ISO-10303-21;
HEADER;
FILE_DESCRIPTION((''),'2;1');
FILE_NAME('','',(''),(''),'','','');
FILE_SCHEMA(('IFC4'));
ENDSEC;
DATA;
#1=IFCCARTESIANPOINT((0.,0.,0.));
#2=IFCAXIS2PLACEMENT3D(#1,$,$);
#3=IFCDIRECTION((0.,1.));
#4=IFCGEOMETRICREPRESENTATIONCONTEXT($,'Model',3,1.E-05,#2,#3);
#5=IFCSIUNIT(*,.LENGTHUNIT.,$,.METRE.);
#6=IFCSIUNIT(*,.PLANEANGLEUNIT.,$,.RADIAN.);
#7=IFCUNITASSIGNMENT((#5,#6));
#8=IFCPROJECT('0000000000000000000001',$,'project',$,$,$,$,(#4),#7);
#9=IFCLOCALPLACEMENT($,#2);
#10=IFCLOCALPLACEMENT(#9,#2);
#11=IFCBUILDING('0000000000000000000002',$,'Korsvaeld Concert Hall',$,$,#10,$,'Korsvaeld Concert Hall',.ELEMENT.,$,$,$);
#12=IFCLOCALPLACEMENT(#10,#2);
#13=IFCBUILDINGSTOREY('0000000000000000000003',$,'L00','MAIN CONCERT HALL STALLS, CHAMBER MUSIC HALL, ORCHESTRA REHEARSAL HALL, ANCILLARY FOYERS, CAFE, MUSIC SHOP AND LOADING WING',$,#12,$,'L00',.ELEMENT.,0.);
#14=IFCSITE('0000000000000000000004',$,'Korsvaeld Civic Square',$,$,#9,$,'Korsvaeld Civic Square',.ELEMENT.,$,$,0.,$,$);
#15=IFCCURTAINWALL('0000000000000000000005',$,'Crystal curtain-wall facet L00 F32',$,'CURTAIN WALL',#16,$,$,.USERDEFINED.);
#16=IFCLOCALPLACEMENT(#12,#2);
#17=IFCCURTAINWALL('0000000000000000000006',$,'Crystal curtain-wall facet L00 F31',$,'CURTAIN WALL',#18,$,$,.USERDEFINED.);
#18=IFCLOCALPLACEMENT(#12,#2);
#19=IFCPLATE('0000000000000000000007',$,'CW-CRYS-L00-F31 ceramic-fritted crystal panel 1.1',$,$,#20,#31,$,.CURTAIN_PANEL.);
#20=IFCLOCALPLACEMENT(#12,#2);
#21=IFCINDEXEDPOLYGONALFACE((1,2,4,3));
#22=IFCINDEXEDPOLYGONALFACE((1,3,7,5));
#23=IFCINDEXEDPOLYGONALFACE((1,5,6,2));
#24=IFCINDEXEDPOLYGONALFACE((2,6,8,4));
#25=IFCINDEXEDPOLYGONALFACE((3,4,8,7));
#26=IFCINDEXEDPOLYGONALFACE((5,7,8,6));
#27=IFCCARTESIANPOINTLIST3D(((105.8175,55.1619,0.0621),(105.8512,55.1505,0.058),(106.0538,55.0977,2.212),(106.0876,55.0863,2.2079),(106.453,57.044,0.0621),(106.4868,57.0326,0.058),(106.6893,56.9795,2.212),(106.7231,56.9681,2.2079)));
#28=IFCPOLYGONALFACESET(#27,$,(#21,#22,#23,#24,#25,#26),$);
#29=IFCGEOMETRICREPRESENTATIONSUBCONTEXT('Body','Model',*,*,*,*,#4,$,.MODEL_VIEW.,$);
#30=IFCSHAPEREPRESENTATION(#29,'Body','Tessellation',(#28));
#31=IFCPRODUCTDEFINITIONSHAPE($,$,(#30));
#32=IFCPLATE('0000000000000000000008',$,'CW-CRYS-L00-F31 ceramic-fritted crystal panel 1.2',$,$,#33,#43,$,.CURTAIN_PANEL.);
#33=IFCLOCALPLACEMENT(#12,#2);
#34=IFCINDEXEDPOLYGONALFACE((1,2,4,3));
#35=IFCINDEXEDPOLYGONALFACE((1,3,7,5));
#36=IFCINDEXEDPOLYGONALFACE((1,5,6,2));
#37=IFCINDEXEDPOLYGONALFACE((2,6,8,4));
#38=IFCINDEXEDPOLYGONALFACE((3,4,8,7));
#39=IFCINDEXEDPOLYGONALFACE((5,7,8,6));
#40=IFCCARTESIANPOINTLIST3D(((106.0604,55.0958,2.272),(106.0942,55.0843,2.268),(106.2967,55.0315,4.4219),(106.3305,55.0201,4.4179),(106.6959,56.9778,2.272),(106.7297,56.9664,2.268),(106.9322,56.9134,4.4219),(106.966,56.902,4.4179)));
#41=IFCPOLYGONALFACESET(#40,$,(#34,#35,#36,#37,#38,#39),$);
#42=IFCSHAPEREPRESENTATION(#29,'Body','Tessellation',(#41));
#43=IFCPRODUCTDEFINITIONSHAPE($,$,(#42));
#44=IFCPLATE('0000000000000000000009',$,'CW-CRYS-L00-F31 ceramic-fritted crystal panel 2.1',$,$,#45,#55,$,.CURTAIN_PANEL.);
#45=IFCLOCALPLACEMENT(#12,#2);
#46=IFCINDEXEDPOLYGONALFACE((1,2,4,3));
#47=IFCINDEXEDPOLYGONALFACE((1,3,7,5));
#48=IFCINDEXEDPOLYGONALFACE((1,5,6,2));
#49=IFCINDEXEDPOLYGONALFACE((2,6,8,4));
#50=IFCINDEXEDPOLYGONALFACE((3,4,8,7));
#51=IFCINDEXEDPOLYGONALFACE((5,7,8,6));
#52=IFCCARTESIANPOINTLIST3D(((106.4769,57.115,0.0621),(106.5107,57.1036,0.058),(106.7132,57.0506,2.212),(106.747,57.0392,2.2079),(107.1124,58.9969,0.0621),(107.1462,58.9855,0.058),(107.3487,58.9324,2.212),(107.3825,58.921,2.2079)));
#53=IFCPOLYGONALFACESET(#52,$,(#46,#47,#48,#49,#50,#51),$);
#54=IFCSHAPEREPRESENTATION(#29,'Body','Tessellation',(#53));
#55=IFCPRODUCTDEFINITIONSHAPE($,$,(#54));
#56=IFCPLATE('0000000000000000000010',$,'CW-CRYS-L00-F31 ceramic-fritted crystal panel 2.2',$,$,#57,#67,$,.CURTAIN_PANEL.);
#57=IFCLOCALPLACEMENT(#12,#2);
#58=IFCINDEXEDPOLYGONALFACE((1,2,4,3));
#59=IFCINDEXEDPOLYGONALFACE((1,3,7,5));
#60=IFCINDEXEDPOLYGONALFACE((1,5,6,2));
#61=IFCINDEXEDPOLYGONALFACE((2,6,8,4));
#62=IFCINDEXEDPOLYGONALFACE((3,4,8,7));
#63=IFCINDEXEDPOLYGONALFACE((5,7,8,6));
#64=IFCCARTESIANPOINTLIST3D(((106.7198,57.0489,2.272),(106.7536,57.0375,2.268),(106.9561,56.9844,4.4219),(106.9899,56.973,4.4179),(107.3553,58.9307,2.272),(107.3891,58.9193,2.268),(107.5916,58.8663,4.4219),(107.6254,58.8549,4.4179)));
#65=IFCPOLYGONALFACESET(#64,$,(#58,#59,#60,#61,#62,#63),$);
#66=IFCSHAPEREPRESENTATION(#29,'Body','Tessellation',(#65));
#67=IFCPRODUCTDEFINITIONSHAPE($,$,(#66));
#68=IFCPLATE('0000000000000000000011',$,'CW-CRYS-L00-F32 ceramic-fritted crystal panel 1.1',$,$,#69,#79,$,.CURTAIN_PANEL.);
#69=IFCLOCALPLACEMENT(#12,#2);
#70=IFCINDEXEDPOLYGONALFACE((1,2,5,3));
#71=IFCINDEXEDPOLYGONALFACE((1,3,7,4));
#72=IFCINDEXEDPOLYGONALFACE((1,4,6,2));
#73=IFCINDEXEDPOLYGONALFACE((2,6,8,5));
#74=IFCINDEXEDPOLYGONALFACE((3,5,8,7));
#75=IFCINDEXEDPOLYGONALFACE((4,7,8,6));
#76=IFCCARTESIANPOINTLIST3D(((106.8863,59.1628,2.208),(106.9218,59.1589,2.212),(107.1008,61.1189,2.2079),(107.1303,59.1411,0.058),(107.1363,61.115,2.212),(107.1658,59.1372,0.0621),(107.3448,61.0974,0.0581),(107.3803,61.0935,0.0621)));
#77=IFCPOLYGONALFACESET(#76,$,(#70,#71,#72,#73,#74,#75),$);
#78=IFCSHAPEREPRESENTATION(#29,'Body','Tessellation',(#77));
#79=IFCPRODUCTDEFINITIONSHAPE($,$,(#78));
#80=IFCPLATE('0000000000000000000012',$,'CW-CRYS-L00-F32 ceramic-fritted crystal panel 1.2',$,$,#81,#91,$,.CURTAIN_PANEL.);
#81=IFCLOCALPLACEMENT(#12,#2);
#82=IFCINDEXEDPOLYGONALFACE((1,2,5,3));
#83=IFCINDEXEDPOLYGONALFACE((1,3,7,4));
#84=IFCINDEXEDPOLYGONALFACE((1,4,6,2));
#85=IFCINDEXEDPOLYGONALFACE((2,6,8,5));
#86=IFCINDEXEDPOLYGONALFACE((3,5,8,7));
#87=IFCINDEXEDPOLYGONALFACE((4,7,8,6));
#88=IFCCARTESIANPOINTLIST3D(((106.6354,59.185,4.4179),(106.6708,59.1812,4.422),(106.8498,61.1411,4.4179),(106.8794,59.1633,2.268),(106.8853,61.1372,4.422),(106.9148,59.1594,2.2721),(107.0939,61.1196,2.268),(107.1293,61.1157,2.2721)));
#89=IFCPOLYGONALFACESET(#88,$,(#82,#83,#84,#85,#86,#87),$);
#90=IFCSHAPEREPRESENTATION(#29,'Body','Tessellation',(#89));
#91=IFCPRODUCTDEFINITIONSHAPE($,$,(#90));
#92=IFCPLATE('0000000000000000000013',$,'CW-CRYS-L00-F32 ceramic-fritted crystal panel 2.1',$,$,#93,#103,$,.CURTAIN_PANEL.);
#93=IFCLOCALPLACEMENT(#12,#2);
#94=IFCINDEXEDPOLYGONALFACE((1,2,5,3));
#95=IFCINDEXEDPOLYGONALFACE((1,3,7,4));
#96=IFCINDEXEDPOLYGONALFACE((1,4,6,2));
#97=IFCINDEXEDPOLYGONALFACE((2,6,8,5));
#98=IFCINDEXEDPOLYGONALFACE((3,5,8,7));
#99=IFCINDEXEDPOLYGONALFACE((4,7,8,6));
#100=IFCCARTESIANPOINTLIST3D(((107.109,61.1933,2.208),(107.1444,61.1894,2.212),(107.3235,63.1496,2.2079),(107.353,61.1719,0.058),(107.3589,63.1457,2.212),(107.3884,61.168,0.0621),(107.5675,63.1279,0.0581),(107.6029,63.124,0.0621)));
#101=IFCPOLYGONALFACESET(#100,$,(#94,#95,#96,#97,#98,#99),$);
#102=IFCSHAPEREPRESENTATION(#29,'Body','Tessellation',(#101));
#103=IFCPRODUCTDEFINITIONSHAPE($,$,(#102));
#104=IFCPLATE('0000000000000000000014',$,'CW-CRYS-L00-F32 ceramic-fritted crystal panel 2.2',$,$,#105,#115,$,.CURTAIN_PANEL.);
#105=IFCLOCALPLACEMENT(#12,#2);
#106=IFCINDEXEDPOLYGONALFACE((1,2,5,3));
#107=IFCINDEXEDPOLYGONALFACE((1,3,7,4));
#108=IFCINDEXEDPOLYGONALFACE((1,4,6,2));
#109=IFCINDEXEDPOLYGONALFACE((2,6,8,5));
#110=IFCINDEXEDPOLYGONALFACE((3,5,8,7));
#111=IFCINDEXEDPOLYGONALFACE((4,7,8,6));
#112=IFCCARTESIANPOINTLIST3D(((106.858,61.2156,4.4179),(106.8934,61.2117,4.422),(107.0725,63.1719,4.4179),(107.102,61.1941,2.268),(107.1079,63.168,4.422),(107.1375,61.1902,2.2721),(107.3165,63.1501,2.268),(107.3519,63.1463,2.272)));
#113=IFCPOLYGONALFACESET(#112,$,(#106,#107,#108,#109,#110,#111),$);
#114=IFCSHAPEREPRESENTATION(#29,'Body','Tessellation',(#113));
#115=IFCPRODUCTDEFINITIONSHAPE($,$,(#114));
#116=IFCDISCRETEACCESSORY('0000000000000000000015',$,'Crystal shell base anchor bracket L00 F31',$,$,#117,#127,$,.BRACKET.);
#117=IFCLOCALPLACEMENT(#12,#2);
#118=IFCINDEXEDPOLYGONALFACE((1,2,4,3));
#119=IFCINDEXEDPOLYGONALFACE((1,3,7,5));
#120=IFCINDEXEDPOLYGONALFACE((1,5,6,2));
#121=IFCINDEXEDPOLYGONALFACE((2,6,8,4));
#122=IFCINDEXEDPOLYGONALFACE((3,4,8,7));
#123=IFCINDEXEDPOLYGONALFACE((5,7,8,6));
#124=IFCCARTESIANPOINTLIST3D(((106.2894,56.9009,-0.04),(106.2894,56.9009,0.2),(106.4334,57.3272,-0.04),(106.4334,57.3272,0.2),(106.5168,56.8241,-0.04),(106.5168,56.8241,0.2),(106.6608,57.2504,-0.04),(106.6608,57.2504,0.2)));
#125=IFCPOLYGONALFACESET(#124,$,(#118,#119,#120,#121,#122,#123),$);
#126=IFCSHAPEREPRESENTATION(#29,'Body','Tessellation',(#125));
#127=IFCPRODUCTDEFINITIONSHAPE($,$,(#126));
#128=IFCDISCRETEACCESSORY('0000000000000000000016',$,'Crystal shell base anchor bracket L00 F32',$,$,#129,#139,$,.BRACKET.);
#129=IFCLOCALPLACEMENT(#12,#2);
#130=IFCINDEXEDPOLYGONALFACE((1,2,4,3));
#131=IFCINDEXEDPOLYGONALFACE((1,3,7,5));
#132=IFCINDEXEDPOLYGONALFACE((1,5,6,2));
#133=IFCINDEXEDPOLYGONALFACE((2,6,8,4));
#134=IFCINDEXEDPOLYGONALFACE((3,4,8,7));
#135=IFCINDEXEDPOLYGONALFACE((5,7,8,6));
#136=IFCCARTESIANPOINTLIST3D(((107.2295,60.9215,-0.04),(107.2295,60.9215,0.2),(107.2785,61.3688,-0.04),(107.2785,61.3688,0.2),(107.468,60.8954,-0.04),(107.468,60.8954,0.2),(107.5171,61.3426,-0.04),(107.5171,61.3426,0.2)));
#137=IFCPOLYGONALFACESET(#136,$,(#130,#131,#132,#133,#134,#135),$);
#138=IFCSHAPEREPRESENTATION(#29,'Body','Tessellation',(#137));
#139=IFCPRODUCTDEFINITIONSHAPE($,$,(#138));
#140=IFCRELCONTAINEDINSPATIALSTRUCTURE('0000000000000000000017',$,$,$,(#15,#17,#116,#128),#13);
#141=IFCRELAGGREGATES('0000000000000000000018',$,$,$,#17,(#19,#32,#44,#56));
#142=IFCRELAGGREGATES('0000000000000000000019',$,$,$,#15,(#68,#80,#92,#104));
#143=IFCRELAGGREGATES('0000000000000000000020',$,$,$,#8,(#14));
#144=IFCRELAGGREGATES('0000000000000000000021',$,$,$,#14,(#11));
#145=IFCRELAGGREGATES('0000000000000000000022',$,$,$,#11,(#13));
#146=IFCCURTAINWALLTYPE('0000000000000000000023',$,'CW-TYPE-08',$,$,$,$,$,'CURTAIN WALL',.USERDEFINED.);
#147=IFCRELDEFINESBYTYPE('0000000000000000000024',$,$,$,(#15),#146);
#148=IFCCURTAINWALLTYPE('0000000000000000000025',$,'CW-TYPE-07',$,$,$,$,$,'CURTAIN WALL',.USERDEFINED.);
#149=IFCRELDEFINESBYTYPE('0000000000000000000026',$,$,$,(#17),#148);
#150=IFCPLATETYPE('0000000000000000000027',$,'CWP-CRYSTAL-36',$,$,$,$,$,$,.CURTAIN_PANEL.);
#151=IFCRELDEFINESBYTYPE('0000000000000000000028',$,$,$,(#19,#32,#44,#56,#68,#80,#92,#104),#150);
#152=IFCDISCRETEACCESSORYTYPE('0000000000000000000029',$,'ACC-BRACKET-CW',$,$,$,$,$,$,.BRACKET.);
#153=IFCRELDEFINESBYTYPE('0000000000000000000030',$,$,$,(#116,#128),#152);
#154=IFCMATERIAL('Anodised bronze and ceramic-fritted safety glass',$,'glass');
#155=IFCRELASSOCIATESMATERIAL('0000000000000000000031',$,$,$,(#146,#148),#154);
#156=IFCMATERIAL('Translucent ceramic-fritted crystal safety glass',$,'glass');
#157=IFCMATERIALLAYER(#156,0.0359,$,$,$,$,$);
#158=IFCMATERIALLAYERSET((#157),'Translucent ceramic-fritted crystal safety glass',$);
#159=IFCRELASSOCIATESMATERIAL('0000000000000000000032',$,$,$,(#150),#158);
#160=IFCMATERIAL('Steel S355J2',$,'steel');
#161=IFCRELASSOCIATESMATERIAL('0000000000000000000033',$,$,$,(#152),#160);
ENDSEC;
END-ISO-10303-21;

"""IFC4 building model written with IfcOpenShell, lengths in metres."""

from ifc_helpers import new_model, si_unit, direction, frame, origin, origin_2d, place, context, subcontext, project, spatial, polyline, rectangle, outline, extrude, material, layer, layer_set, type_object, element, aggregate, save


model = new_model("IFC4")

# Units and contexts
model_context = context("Model", 3, precision=1e-05, world=origin(), true_north=direction((0.0, 1.0)))
body_context = subcontext(model_context, "Body", "Model", "MODEL_VIEW")
ifc_project = project(units=[si_unit("LENGTHUNIT", "METRE"), si_unit("PLANEANGLEUNIT", "RADIAN")], contexts=[model_context])

# Site, building, storey
site_placement = place(None, origin())
site = spatial("IfcSite", under=ifc_project, at=site_placement, Name="Korsvaeld Civic Square", LongName="Korsvaeld Civic Square", CompositionType="ELEMENT", RefElevation=0.0)
building_placement = place(site_placement, origin())
building = spatial("IfcBuilding", under=site, at=building_placement, Name="Korsvaeld Concert Hall", LongName="Korsvaeld Concert Hall", CompositionType="ELEMENT")
storey_placement = place(building_placement, origin())
storey = spatial("IfcBuildingStorey", under=building, at=storey_placement, Name="L00", Description="MAIN CONCERT HALL STALLS, CHAMBER MUSIC HALL, ORCHESTRA REHEARSAL HALL, ANCILLARY FOYERS, CAFE, MUSIC SHOP AND LOADING WING", LongName="L00", CompositionType="ELEMENT", Elevation=0.0)

# Curtain wall
ifc_material_1 = material(Name="Anodised bronze and ceramic-fritted safety glass", Category="glass")
curtain_wall_type_1 = type_object("IfcCurtainWallType", Name="CW-TYPE-08", ElementType="CURTAIN WALL", PredefinedType="USERDEFINED", material=ifc_material_1)
curtain_wall_1_placement = place(storey_placement, origin())
curtain_wall_1 = element("IfcCurtainWall", 1, at=curtain_wall_1_placement, inside=storey, type_object=curtain_wall_type_1, Name="Crystal curtain-wall facet L00 F32", ObjectType="CURTAIN WALL", PredefinedType="USERDEFINED")

# Curtain wall
curtain_wall_type_2 = type_object("IfcCurtainWallType", Name="CW-TYPE-07", ElementType="CURTAIN WALL", PredefinedType="USERDEFINED", material=ifc_material_1)
curtain_wall_2_placement = place(storey_placement, origin())
curtain_wall_2 = element("IfcCurtainWall", 2, at=curtain_wall_2_placement, inside=storey, type_object=curtain_wall_type_2, Name="Crystal curtain-wall facet L00 F31", ObjectType="CURTAIN WALL", PredefinedType="USERDEFINED")

# Plates
ifc_material_2 = material(Name="Translucent ceramic-fritted crystal safety glass", Category="glass")
ifc_layer = layer(ifc_material_2, 0.0359)
ifc_layer_set = layer_set([ifc_layer], Name="Translucent ceramic-fritted crystal safety glass")
plate_type = type_object("IfcPlateType", Name="CWP-CRYSTAL-36", PredefinedType="CURTAIN_PANEL", material=ifc_layer_set)
plate_1_placement = place(storey_placement, frame((105.8342, 55.1562, 0.0601), z_axis=(0.941373, -0.317882, -0.112992), x_axis=(0.319931, 0.947441, -0.000002)))
plate_1 = element("IfcPlate", 3, at=plate_1_placement, type_object=plate_type, Name="CW-CRYS-L00-F31 ceramic-fritted crystal panel 1.1", PredefinedType="CURTAIN_PANEL", context=body_context, shape_type="SweptSolid", body=[
    extrude(outline(polyline([(0.0, 0.0), (1.9865, 0.0), (2.001, 2.1638), (0.0148, 2.1638), (0.0, 0.0)])), frame((0.0, 0.0, 0.0181)), (0.0, 0.0, -1.0), 0.0359),
])
plate_2_placement = place(storey_placement, frame((106.0771, 55.0901, 2.27), z_axis=(0.941373, -0.317882, -0.112992), x_axis=(0.319931, 0.947441, -0.000002)))
plate_2 = element("IfcPlate", 4, at=plate_2_placement, type_object=plate_type, Name="CW-CRYS-L00-F31 ceramic-fritted crystal panel 1.2", PredefinedType="CURTAIN_PANEL", context=body_context, shape_type="SweptSolid", body=[
    extrude(outline(polyline([(0.0, 0.0), (1.9865, 0.0), (2.001, 2.1638), (0.0148, 2.1638), (0.0, 0.0)])), frame((0.0, 0.0, 0.0181)), (0.0, 0.0, -1.0), 0.0359),
])
plate_3_placement = place(storey_placement, frame((106.4937, 57.1094, 0.0601), z_axis=(0.941365, -0.3179, -0.11301), x_axis=(0.31995, 0.947435, 0.0)))
plate_3 = element("IfcPlate", 5, at=plate_3_placement, type_object=plate_type, Name="CW-CRYS-L00-F31 ceramic-fritted crystal panel 2.1", PredefinedType="CURTAIN_PANEL", context=body_context, shape_type="SweptSolid", body=[
    extrude(outline(polyline([(0.0, 0.0), (1.9862, 0.0), (2.0008, 2.1638), (0.0145, 2.1638), (0.0, 0.0)])), frame((0.0, 0.0, 0.0181)), (0.0, 0.0, -1.0), 0.0359),
])
plate_4_placement = place(storey_placement, frame((106.7366, 57.0432, 2.27), z_axis=(0.941365, -0.3179, -0.11301), x_axis=(0.31995, 0.947435, 0.0)))
plate_4 = element("IfcPlate", 6, at=plate_4_placement, type_object=plate_type, Name="CW-CRYS-L00-F31 ceramic-fritted crystal panel 2.2", PredefinedType="CURTAIN_PANEL", context=body_context, shape_type="SweptSolid", body=[
    extrude(outline(polyline([(0.0, 0.0), (1.9862, 0.0), (2.0008, 2.1638), (0.0145, 2.1638), (0.0, 0.0)])), frame((0.0, 0.0, 0.0181)), (0.0, 0.0, -1.0), 0.0359),
])
aggregate(curtain_wall_2, [plate_1, plate_2, plate_3, plate_4])
plate_5_placement = place(storey_placement, frame((107.1479, 59.1392, 0.0601), z_axis=(0.987655, -0.108288, 0.113189), x_axis=(0.108987, 0.994043, 0.000008)))
plate_5 = element("IfcPlate", 7, at=plate_5_placement, type_object=plate_type, Name="CW-CRYS-L00-F32 ceramic-fritted crystal panel 1.1", PredefinedType="CURTAIN_PANEL", context=body_context, shape_type="SweptSolid", body=[
    extrude(outline(polyline([(0.0, 0.0), (1.968, 0.0), (1.9628, 2.1638), (-0.005, 2.1638), (0.0, 0.0)])), frame((0.0, 0.0, 0.0181)), (0.0, 0.0, -1.0), 0.0359),
])
plate_6_placement = place(storey_placement, frame((106.897, 59.1614, 2.27), z_axis=(0.987655, -0.108288, 0.113189), x_axis=(0.108989, 0.994043, -0.000006)))
plate_6 = element("IfcPlate", 8, at=plate_6_placement, type_object=plate_type, Name="CW-CRYS-L00-F32 ceramic-fritted crystal panel 1.2", PredefinedType="CURTAIN_PANEL", context=body_context, shape_type="SweptSolid", body=[
    extrude(outline(polyline([(0.0, 0.0), (1.968, 0.0), (1.9628, 2.1638), (-0.005, 2.1638), (0.0, 0.0)])), frame((0.0, 0.0, 0.0181)), (0.0, 0.0, -1.0), 0.0359),
])
plate_7_placement = place(storey_placement, frame((107.3706, 61.1699, 0.0601), z_axis=(0.987655, -0.108288, 0.113189), x_axis=(0.108987, 0.994043, 0.000006)))
plate_7 = element("IfcPlate", 9, at=plate_7_placement, type_object=plate_type, Name="CW-CRYS-L00-F32 ceramic-fritted crystal panel 2.1", PredefinedType="CURTAIN_PANEL", context=body_context, shape_type="SweptSolid", body=[
    extrude(outline(polyline([(0.0, 0.0), (1.9678, 0.0), (1.9628, 2.1638), (-0.0052, 2.1638), (0.0, 0.0)])), frame((0.0, 0.0, 0.0181)), (0.0, 0.0, -1.0), 0.0359),
])
plate_8_placement = place(storey_placement, frame((107.1196, 61.1921, 2.27), z_axis=(0.987655, -0.108288, 0.113189), x_axis=(0.108989, 0.994043, -0.000008)))
plate_8 = element("IfcPlate", 10, at=plate_8_placement, type_object=plate_type, Name="CW-CRYS-L00-F32 ceramic-fritted crystal panel 2.2", PredefinedType="CURTAIN_PANEL", context=body_context, shape_type="SweptSolid", body=[
    extrude(outline(polyline([(0.0, 0.0), (1.9678, 0.0), (1.9628, 2.1638), (-0.0052, 2.1638), (0.0, 0.0)])), frame((0.0, 0.0, 0.0181)), (0.0, 0.0, -1.0), 0.0359),
])
aggregate(curtain_wall_1, [plate_5, plate_6, plate_7, plate_8])

# Discrete accessories
ifc_material_3 = material(Name="Steel S355J2", Category="steel")
discrete_accessory_type = type_object("IfcDiscreteAccessoryType", Name="ACC-BRACKET-CW", PredefinedType="BRACKET", material=ifc_material_3)
for number, where, z_axis, x_axis, name in (
    (11, (106.4751, 57.0757, -0.04), (0.0, 0.0, 1.0), (0.319952, 0.947434, 0.0), "Crystal shell base anchor bracket L00 F31"),
    (12, (107.3733, 61.1321, -0.04), (0.0, 0.0, 1.0), (0.10904, 0.994037, 0.0), "Crystal shell base anchor bracket L00 F32"),
):
    element("IfcDiscreteAccessory", number, at=place(storey_placement, frame(where, z_axis=z_axis, x_axis=x_axis)), inside=storey, type_object=discrete_accessory_type, Name=name, PredefinedType="BRACKET", context=body_context, shape_type="SweptSolid", body=[
        extrude(rectangle(XDim=0.45, YDim=0.24, at=origin_2d()), origin(), (0.0, 0.0, 1.0), 0.24),
    ])

save(model, "model.ifc")
